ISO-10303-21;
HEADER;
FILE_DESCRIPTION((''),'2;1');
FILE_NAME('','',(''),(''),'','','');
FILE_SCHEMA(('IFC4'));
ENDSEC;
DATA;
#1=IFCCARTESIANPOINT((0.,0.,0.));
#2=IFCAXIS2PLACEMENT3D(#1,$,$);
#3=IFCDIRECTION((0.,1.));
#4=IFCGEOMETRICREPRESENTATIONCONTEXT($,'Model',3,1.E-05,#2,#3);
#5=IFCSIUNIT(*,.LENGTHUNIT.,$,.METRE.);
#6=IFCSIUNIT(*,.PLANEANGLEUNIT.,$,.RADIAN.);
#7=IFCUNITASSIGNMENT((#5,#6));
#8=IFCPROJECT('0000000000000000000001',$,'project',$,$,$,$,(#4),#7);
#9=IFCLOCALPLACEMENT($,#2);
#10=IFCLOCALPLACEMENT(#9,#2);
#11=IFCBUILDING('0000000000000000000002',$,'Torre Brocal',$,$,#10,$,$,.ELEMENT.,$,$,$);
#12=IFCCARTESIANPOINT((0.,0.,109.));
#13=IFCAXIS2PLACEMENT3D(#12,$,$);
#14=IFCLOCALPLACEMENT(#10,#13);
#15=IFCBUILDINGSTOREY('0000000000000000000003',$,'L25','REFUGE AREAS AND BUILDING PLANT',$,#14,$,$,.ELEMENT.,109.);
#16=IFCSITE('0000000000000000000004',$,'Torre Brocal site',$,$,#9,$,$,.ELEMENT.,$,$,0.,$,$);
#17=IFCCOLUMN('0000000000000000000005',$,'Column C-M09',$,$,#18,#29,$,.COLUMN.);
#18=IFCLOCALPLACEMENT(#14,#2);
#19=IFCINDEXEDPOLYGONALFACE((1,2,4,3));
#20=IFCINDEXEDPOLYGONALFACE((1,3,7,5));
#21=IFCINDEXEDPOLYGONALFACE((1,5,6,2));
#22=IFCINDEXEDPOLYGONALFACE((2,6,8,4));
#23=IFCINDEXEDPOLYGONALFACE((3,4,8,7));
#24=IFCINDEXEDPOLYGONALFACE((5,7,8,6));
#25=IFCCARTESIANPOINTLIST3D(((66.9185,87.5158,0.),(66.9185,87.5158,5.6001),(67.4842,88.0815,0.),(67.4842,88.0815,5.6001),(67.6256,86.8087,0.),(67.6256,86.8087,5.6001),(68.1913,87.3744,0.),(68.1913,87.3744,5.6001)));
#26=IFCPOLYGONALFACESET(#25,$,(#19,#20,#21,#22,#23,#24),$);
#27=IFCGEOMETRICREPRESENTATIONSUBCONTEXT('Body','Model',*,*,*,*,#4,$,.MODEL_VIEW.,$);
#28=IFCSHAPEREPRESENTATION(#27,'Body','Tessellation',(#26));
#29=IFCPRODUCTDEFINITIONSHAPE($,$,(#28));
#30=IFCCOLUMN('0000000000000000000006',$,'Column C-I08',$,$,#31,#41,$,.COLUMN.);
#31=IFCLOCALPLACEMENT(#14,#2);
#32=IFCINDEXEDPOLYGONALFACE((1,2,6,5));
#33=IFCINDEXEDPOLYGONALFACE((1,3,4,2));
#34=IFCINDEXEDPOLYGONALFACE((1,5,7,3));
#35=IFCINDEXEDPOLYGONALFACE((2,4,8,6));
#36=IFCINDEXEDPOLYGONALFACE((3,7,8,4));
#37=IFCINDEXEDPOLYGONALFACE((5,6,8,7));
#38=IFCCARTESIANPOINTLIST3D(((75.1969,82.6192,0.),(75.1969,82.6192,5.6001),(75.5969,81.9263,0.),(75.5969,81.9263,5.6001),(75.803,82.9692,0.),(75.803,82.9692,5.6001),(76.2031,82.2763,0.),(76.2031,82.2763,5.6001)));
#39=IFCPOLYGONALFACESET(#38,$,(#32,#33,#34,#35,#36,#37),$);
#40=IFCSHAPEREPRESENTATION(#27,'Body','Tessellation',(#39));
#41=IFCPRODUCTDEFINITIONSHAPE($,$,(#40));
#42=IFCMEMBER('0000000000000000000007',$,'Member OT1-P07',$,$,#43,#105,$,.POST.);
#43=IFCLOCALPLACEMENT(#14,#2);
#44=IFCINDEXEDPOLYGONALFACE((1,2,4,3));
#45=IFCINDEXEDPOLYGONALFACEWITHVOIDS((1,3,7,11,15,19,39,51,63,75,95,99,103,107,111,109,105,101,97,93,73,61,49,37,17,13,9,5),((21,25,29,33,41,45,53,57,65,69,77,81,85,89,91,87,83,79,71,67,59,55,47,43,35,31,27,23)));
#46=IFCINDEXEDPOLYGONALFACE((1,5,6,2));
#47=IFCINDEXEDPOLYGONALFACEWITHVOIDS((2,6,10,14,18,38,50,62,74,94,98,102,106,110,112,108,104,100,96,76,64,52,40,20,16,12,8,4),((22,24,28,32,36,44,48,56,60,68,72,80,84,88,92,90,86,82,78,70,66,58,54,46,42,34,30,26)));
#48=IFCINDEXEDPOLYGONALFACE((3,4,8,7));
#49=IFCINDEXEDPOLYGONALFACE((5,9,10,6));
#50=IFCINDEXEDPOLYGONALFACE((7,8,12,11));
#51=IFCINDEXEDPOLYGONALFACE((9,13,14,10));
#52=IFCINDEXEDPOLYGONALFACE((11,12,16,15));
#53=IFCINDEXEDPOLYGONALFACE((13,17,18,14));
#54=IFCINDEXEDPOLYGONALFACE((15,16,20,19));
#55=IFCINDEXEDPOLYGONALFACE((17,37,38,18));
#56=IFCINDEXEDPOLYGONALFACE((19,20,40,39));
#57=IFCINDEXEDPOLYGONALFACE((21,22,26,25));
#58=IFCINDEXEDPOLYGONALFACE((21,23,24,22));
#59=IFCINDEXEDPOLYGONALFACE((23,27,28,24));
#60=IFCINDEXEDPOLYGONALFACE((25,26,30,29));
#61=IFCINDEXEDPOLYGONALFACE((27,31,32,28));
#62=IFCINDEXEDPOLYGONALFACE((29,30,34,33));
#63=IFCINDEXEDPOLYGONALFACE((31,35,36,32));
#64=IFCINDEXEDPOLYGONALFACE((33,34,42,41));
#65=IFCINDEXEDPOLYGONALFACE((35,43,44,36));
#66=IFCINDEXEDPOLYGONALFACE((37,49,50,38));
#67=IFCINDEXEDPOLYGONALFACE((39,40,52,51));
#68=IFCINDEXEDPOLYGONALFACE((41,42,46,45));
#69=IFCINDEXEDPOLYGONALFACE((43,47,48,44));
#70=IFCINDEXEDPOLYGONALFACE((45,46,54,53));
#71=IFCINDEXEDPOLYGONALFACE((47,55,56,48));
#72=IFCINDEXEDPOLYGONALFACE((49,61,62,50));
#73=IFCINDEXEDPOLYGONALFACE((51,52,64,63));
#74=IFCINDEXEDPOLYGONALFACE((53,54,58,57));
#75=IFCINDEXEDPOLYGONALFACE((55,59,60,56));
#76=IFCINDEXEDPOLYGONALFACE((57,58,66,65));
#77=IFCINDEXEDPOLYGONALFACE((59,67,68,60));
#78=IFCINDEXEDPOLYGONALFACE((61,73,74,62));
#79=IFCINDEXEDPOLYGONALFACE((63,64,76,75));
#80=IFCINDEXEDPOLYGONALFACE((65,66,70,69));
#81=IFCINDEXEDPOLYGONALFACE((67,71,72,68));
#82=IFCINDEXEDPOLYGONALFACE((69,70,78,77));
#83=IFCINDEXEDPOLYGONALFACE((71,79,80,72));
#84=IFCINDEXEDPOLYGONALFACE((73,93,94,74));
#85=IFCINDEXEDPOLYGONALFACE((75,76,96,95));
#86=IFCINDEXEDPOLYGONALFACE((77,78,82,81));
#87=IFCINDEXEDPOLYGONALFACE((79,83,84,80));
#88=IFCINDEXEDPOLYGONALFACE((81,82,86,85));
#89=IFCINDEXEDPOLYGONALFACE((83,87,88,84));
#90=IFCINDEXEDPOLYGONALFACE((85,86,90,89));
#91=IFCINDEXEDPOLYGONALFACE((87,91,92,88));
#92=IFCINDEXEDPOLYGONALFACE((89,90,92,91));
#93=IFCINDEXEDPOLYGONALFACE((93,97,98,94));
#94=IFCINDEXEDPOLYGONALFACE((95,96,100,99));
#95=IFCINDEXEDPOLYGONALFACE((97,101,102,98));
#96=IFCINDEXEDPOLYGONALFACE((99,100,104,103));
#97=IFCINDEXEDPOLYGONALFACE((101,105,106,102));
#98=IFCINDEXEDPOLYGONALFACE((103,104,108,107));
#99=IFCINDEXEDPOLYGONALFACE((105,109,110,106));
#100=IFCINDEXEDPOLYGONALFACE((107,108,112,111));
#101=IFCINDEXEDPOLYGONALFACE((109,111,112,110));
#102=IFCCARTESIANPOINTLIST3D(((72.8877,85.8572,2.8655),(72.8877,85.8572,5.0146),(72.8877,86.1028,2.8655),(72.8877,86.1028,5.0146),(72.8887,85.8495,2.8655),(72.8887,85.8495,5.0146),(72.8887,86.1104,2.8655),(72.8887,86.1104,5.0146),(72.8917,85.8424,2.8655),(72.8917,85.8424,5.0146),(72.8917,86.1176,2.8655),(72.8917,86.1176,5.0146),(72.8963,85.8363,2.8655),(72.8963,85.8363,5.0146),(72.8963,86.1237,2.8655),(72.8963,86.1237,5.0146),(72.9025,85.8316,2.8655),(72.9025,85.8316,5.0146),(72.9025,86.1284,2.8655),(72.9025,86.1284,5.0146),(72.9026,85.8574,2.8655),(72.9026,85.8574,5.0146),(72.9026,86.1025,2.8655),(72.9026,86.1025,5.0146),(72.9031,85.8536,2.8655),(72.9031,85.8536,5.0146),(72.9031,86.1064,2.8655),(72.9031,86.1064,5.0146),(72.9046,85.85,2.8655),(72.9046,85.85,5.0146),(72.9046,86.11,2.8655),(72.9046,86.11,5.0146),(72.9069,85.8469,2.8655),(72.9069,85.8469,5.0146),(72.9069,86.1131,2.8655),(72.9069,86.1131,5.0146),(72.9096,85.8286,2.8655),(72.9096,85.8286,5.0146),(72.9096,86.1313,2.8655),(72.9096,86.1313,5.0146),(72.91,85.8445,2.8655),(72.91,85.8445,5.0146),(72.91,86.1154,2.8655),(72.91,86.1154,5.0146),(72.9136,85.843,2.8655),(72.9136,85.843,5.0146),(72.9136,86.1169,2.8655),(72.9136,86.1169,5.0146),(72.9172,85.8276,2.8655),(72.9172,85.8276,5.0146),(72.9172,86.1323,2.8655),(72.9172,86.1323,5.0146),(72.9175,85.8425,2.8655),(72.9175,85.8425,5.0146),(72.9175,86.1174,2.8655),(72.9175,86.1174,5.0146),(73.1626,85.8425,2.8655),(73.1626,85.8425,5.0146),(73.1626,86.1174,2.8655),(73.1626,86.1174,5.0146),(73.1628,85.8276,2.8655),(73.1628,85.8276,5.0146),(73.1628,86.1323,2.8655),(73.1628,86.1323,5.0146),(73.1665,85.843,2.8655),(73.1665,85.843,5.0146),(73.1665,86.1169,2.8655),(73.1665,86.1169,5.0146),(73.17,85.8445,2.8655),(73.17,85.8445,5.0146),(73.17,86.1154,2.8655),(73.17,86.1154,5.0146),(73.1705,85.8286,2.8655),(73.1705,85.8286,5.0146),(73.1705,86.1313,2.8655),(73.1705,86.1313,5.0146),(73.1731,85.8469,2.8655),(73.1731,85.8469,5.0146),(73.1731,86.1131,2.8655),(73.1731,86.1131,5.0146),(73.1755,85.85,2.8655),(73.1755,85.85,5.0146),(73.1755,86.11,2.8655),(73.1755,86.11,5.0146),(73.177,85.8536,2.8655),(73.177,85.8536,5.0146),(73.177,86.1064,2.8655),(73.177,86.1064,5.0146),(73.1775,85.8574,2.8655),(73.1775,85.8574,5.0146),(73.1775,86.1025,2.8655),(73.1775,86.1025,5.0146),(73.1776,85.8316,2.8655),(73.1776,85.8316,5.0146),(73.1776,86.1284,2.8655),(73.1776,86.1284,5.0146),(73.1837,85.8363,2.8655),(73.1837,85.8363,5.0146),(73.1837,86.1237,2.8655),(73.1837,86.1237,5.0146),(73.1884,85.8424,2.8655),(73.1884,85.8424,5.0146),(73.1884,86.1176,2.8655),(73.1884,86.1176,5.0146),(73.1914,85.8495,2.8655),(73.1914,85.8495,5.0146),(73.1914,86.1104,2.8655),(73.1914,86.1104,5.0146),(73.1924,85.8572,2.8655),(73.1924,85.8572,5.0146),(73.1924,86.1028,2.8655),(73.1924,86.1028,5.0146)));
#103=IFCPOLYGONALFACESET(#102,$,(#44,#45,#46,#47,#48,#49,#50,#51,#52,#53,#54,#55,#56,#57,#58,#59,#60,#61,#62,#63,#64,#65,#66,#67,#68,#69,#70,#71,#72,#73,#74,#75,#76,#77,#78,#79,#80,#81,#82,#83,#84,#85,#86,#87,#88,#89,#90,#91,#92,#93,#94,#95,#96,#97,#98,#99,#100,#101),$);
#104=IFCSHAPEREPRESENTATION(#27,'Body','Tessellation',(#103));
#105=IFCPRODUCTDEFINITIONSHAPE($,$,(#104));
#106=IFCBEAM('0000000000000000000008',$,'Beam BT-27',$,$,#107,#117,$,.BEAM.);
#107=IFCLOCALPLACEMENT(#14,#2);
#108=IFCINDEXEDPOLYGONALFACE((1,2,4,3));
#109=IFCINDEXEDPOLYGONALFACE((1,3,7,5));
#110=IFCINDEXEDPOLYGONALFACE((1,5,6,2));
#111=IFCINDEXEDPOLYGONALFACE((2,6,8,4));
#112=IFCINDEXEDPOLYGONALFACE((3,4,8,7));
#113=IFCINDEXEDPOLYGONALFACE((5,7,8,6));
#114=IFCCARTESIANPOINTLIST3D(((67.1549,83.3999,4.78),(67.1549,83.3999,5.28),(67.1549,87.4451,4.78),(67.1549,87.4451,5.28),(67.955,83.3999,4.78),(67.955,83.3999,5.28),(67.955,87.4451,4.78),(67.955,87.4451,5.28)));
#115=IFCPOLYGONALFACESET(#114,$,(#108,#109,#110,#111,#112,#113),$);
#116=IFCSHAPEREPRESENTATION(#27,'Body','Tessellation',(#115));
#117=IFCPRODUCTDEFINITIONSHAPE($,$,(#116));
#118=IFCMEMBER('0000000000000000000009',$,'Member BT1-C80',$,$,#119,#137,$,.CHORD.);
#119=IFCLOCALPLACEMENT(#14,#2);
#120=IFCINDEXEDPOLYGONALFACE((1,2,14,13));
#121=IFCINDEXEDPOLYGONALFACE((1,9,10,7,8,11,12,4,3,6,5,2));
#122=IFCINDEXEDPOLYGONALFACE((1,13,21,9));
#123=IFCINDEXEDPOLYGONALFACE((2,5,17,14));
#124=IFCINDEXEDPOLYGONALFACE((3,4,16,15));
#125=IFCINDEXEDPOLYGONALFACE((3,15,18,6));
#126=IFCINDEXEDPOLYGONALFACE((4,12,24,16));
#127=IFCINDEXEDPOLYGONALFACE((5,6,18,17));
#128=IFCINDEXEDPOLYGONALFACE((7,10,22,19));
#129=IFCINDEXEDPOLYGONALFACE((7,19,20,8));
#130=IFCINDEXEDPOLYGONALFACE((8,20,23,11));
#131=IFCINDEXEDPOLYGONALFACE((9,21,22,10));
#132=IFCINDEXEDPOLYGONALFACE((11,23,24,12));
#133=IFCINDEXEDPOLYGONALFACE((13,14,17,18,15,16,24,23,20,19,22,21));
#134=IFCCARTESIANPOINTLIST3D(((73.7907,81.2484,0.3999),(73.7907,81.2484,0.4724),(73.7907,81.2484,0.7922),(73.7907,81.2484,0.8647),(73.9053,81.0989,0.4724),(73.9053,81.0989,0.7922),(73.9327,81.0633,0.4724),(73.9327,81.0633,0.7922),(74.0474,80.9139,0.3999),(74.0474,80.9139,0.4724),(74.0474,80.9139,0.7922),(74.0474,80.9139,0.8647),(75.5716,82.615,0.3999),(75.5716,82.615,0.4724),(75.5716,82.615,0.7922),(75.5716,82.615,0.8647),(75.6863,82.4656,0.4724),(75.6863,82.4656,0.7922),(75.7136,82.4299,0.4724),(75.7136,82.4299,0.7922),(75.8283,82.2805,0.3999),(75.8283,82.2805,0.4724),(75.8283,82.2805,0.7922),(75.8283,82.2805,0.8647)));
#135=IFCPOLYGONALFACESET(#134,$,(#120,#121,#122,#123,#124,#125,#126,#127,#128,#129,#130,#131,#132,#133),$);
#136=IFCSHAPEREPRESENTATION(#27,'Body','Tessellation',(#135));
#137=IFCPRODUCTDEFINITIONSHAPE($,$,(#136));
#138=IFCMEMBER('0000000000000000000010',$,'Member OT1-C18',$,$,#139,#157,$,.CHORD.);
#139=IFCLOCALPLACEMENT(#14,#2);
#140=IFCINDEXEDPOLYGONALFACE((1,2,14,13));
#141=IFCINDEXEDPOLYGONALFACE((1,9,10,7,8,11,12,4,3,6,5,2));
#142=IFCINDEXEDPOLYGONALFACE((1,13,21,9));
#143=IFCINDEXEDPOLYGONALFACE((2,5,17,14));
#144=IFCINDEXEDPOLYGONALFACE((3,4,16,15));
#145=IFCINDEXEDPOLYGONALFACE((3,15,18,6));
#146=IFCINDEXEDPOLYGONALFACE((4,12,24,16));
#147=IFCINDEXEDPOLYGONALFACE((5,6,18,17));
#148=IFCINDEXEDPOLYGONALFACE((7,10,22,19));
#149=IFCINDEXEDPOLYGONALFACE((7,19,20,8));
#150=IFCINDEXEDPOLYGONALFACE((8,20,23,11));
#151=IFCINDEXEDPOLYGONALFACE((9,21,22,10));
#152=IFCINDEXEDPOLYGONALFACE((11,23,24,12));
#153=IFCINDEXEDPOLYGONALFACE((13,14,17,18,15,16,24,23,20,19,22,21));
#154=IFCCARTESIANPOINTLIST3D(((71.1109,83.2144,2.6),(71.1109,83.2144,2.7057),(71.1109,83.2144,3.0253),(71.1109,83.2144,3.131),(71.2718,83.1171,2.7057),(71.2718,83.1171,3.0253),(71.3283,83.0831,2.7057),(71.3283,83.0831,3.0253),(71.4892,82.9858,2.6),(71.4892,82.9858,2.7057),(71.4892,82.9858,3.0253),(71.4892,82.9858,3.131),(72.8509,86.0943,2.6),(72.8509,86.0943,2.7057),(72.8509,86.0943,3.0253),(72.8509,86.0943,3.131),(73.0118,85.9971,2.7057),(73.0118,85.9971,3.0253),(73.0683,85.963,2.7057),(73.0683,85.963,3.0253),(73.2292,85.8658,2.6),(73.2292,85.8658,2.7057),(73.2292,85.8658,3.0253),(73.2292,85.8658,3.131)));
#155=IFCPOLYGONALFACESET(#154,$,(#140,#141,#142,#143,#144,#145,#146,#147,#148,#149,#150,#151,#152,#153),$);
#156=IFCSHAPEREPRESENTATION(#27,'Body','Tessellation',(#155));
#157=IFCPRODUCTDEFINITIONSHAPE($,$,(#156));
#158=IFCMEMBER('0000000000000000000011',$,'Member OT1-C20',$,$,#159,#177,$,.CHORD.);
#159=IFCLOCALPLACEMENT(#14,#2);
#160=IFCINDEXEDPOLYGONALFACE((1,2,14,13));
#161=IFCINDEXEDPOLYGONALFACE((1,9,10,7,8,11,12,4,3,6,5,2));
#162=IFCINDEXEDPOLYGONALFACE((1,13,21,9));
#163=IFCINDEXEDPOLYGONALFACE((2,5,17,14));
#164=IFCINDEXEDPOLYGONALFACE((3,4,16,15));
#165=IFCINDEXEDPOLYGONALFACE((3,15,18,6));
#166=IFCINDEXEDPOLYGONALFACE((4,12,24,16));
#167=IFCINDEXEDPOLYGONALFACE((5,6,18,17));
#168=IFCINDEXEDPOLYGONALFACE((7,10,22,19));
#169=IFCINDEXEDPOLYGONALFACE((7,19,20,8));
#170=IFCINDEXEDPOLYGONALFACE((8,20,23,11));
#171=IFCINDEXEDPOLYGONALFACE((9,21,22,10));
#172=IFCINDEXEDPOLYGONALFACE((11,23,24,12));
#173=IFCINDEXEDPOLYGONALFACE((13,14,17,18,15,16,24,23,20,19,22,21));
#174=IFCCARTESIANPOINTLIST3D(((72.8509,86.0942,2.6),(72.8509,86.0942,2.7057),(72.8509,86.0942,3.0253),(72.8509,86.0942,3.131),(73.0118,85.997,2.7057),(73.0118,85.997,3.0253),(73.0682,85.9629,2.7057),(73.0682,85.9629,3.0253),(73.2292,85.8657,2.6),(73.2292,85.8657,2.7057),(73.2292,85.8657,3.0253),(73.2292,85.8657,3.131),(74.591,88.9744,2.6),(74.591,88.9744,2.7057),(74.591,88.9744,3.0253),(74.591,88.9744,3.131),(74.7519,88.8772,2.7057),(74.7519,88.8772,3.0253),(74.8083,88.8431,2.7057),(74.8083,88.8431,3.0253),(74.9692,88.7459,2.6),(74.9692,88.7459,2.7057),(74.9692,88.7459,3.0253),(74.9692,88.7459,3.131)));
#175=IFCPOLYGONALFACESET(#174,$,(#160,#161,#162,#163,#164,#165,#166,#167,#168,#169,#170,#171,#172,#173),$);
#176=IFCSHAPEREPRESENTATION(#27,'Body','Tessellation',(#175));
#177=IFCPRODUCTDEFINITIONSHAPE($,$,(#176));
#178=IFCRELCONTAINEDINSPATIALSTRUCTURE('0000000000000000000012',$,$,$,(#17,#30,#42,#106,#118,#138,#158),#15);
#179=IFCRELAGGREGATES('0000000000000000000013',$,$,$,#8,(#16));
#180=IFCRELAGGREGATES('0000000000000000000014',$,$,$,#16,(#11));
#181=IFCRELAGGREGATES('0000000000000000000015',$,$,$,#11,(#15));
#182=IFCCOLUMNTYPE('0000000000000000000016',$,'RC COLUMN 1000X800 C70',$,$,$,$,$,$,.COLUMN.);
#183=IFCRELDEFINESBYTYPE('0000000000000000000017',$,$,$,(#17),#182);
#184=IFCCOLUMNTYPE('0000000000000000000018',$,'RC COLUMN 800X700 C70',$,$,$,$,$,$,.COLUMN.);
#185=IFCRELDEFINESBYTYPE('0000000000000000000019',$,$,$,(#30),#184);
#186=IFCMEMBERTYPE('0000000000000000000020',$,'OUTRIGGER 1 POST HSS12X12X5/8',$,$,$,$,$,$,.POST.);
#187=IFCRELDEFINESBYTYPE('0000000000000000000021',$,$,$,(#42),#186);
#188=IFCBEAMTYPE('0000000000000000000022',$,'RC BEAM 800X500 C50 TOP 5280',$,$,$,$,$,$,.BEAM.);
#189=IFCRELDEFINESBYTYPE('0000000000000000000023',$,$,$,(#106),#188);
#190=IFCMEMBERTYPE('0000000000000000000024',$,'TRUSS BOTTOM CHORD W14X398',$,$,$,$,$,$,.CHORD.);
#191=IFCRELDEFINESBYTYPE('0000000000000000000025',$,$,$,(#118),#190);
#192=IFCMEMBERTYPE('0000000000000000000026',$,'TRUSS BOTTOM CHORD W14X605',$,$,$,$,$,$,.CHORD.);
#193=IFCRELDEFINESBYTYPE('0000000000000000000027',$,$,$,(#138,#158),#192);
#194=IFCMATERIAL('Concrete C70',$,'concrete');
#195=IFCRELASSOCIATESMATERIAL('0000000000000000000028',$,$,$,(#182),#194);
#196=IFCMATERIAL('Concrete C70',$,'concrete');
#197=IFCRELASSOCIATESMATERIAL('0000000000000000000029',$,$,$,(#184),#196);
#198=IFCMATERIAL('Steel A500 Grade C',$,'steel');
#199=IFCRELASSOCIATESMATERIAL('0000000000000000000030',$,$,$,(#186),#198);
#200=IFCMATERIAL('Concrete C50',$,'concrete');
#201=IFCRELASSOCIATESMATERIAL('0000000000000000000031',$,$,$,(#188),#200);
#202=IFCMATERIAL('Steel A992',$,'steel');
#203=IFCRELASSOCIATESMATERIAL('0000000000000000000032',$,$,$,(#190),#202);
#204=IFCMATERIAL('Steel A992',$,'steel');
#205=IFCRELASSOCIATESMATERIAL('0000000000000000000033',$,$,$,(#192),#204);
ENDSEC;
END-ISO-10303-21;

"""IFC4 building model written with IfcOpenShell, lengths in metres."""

from ifc_helpers import new_model, si_unit, direction, frame, origin, origin_2d, place, context, subcontext, project, spatial, rectangle, hollow_rectangle, i_section, extrude, material, material_profile, profile_set, type_object, element, save


model = new_model("IFC4")

# Units and contexts
model_context = context("Model", 3, precision=1e-05, world=origin(), true_north=direction((0.0, 1.0)))
body_context = subcontext(model_context, "Body", "Model", "MODEL_VIEW")
ifc_project = project(units=[si_unit("LENGTHUNIT", "METRE"), si_unit("PLANEANGLEUNIT", "RADIAN")], contexts=[model_context])

# Site, building, storey
site_placement = place(None, origin())
site = spatial("IfcSite", under=ifc_project, at=site_placement, Name="Torre Brocal site", CompositionType="ELEMENT", RefElevation=0.0)
building_placement = place(site_placement, origin())
building = spatial("IfcBuilding", under=site, at=building_placement, Name="Torre Brocal", CompositionType="ELEMENT")
storey_placement = place(building_placement, frame((0.0, 0.0, 109.0)))
storey = spatial("IfcBuildingStorey", under=building, at=storey_placement, Name="L25", Description="REFUGE AREAS AND BUILDING PLANT", CompositionType="ELEMENT", Elevation=109.0)

# Columns
ifc_material_1 = material(Name="Concrete C70", Category="concrete")
ifc_material_profile_1 = material_profile(ifc_material_1, rectangle(XDim=1.0, YDim=0.8, at=origin_2d()), Name="RC 1000X800")
ifc_profile_set_1 = profile_set([ifc_material_profile_1], Name="Concrete C70")
column_type_1 = type_object("IfcColumnType", Name="RC COLUMN 1000X800 C70", PredefinedType="COLUMN", material=ifc_profile_set_1)
column_1_placement = place(storey_placement, frame((67.5549, 87.4451, 0.0), z_axis=(0.0, 0.0, 1.0), x_axis=(-0.707107, 0.707107, 0.0)))
element("IfcColumn", 1, at=column_1_placement, inside=storey, type_object=column_type_1, Name="Column C-M09", PredefinedType="COLUMN", context=body_context, shape_type="SweptSolid", body=[
    extrude(rectangle(XDim=1.0, YDim=0.8, at=origin_2d()), origin(), (0.0, 0.0, 1.0), 5.6001),
])
ifc_material_2 = material(Name="Concrete C70", Category="concrete")
ifc_material_profile_2 = material_profile(ifc_material_2, rectangle(XDim=0.8, YDim=0.7, at=origin_2d()), Name="RC 800X700")
ifc_profile_set_2 = profile_set([ifc_material_profile_2], Name="Concrete C70")
column_type_2 = type_object("IfcColumnType", Name="RC COLUMN 800X700 C70", PredefinedType="COLUMN", material=ifc_profile_set_2)
column_2_placement = place(storey_placement, frame((75.7, 82.4478, 0.0), z_axis=(0.0, 0.0, 1.0), x_axis=(-0.5, 0.866025, 0.0)))
element("IfcColumn", 2, at=column_2_placement, inside=storey, type_object=column_type_2, Name="Column C-I08", PredefinedType="COLUMN", context=body_context, shape_type="SweptSolid", body=[
    extrude(rectangle(XDim=0.8, YDim=0.7, at=origin_2d()), origin(), (0.0, 0.0, 1.0), 5.6001),
])

# Member
ifc_material_3 = material(Name="Steel A500 Grade C", Category="steel")
ifc_material_profile_3 = material_profile(ifc_material_3, hollow_rectangle(XDim=0.3047, YDim=0.3047, WallThickness=0.0149, InnerFilletRadius=0.0149, OuterFilletRadius=0.0295, at=origin_2d()), Name="HSS12X12X5/8")
ifc_profile_set_3 = profile_set([ifc_material_profile_3], Name="Steel A500 Grade C")
member_type_1 = type_object("IfcMemberType", Name="OUTRIGGER 1 POST HSS12X12X5/8", PredefinedType="POST", material=ifc_profile_set_3)
member_1_placement = place(storey_placement, frame((73.04, 85.98, 2.8655), z_axis=(0.0, 0.0, 1.0), x_axis=(1.0, 0.0, 0.0)))
element("IfcMember", 3, at=member_1_placement, inside=storey, type_object=member_type_1, Name="Member OT1-P07", PredefinedType="POST", context=body_context, shape_type="SweptSolid", body=[
    extrude(hollow_rectangle(XDim=0.3047, YDim=0.3047, WallThickness=0.0149, InnerFilletRadius=0.0149, OuterFilletRadius=0.0295, at=origin_2d()), origin(), (0.0, 0.0, 1.0), 2.1492),
])

# Beam
ifc_material_4 = material(Name="Concrete C50", Category="concrete")
ifc_material_profile_4 = material_profile(ifc_material_4, rectangle(XDim=0.8, YDim=0.5, at=origin_2d()), Name="RC 800X500")
ifc_profile_set_4 = profile_set([ifc_material_profile_4], Name="Concrete C50")
beam_type = type_object("IfcBeamType", Name="RC BEAM 800X500 C50 TOP 5280", PredefinedType="BEAM", material=ifc_profile_set_4)
beam_placement = place(storey_placement, frame((67.5549, 87.4451, 5.03), z_axis=(0.0, -1.0, 0.0), x_axis=(1.0, 0.0, 0.0)))
element("IfcBeam", 4, at=beam_placement, inside=storey, type_object=beam_type, Name="Beam BT-27", PredefinedType="BEAM", context=body_context, shape_type="SweptSolid", body=[
    extrude(rectangle(XDim=0.8, YDim=0.5, at=origin_2d()), origin(), (0.0, 0.0, 1.0), 4.0452),
])

# Members
ifc_material_5 = material(Name="Steel A992", Category="steel")
ifc_material_profile_5 = material_profile(ifc_material_5, i_section(OverallWidth=0.4216, OverallDepth=0.4648, WebThickness=0.0449, FlangeThickness=0.0725, at=origin_2d()), Name="W14X398")
ifc_profile_set_5 = profile_set([ifc_material_profile_5], Name="Steel A992")
member_type_2 = type_object("IfcMemberType", Name="TRUSS BOTTOM CHORD W14X398", PredefinedType="CHORD", material=ifc_profile_set_5)
member_2_placement = place(storey_placement, frame((75.7, 82.4478, 0.6323), z_axis=(-0.793335, -0.608785, 0.0), x_axis=(0.608785, -0.793335, 0.0)))
element("IfcMember", 5, at=member_2_placement, inside=storey, type_object=member_type_2, Name="Member BT1-C80", PredefinedType="CHORD", context=body_context, shape_type="SweptSolid", body=[
    extrude(i_section(OverallWidth=0.4216, OverallDepth=0.4648, WebThickness=0.0449, FlangeThickness=0.0725, at=origin_2d()), origin(), (0.0, 0.0, 1.0), 2.2449),
])
ifc_material_6 = material(Name="Steel A992", Category="steel")
ifc_material_profile_6 = material_profile(ifc_material_6, i_section(OverallWidth=0.4419, OverallDepth=0.531, WebThickness=0.0659, FlangeThickness=0.1057, at=origin_2d()), Name="W14X605")
ifc_profile_set_6 = profile_set([ifc_material_profile_6], Name="Steel A992")
member_type_3 = type_object("IfcMemberType", Name="TRUSS BOTTOM CHORD W14X605", PredefinedType="CHORD", material=ifc_profile_set_6)
member_3_placement = place(storey_placement, frame((71.3, 83.1001, 2.8655), z_axis=(0.517129, 0.855908, 0.0), x_axis=(-0.855908, 0.517129, 0.0)))
element("IfcMember", 6, at=member_3_placement, inside=storey, type_object=member_type_3, Name="Member OT1-C18", PredefinedType="CHORD", context=body_context, shape_type="SweptSolid", body=[
    extrude(i_section(OverallWidth=0.4419, OverallDepth=0.531, WebThickness=0.0659, FlangeThickness=0.1057, at=origin_2d()), origin(), (0.0, 0.0, 1.0), 3.3647),
])
member_4_placement = place(storey_placement, frame((73.04, 85.98, 2.8655), z_axis=(0.517097, 0.855927, 0.0), x_axis=(-0.855927, 0.517097, 0.0)))
element("IfcMember", 7, at=member_4_placement, inside=storey, type_object=member_type_3, Name="Member OT1-C20", PredefinedType="CHORD", context=body_context, shape_type="SweptSolid", body=[
    extrude(i_section(OverallWidth=0.4419, OverallDepth=0.531, WebThickness=0.0659, FlangeThickness=0.1057, at=origin_2d()), origin(), (0.0, 0.0, 1.0), 3.365),
])

save(model, "model.ifc")
